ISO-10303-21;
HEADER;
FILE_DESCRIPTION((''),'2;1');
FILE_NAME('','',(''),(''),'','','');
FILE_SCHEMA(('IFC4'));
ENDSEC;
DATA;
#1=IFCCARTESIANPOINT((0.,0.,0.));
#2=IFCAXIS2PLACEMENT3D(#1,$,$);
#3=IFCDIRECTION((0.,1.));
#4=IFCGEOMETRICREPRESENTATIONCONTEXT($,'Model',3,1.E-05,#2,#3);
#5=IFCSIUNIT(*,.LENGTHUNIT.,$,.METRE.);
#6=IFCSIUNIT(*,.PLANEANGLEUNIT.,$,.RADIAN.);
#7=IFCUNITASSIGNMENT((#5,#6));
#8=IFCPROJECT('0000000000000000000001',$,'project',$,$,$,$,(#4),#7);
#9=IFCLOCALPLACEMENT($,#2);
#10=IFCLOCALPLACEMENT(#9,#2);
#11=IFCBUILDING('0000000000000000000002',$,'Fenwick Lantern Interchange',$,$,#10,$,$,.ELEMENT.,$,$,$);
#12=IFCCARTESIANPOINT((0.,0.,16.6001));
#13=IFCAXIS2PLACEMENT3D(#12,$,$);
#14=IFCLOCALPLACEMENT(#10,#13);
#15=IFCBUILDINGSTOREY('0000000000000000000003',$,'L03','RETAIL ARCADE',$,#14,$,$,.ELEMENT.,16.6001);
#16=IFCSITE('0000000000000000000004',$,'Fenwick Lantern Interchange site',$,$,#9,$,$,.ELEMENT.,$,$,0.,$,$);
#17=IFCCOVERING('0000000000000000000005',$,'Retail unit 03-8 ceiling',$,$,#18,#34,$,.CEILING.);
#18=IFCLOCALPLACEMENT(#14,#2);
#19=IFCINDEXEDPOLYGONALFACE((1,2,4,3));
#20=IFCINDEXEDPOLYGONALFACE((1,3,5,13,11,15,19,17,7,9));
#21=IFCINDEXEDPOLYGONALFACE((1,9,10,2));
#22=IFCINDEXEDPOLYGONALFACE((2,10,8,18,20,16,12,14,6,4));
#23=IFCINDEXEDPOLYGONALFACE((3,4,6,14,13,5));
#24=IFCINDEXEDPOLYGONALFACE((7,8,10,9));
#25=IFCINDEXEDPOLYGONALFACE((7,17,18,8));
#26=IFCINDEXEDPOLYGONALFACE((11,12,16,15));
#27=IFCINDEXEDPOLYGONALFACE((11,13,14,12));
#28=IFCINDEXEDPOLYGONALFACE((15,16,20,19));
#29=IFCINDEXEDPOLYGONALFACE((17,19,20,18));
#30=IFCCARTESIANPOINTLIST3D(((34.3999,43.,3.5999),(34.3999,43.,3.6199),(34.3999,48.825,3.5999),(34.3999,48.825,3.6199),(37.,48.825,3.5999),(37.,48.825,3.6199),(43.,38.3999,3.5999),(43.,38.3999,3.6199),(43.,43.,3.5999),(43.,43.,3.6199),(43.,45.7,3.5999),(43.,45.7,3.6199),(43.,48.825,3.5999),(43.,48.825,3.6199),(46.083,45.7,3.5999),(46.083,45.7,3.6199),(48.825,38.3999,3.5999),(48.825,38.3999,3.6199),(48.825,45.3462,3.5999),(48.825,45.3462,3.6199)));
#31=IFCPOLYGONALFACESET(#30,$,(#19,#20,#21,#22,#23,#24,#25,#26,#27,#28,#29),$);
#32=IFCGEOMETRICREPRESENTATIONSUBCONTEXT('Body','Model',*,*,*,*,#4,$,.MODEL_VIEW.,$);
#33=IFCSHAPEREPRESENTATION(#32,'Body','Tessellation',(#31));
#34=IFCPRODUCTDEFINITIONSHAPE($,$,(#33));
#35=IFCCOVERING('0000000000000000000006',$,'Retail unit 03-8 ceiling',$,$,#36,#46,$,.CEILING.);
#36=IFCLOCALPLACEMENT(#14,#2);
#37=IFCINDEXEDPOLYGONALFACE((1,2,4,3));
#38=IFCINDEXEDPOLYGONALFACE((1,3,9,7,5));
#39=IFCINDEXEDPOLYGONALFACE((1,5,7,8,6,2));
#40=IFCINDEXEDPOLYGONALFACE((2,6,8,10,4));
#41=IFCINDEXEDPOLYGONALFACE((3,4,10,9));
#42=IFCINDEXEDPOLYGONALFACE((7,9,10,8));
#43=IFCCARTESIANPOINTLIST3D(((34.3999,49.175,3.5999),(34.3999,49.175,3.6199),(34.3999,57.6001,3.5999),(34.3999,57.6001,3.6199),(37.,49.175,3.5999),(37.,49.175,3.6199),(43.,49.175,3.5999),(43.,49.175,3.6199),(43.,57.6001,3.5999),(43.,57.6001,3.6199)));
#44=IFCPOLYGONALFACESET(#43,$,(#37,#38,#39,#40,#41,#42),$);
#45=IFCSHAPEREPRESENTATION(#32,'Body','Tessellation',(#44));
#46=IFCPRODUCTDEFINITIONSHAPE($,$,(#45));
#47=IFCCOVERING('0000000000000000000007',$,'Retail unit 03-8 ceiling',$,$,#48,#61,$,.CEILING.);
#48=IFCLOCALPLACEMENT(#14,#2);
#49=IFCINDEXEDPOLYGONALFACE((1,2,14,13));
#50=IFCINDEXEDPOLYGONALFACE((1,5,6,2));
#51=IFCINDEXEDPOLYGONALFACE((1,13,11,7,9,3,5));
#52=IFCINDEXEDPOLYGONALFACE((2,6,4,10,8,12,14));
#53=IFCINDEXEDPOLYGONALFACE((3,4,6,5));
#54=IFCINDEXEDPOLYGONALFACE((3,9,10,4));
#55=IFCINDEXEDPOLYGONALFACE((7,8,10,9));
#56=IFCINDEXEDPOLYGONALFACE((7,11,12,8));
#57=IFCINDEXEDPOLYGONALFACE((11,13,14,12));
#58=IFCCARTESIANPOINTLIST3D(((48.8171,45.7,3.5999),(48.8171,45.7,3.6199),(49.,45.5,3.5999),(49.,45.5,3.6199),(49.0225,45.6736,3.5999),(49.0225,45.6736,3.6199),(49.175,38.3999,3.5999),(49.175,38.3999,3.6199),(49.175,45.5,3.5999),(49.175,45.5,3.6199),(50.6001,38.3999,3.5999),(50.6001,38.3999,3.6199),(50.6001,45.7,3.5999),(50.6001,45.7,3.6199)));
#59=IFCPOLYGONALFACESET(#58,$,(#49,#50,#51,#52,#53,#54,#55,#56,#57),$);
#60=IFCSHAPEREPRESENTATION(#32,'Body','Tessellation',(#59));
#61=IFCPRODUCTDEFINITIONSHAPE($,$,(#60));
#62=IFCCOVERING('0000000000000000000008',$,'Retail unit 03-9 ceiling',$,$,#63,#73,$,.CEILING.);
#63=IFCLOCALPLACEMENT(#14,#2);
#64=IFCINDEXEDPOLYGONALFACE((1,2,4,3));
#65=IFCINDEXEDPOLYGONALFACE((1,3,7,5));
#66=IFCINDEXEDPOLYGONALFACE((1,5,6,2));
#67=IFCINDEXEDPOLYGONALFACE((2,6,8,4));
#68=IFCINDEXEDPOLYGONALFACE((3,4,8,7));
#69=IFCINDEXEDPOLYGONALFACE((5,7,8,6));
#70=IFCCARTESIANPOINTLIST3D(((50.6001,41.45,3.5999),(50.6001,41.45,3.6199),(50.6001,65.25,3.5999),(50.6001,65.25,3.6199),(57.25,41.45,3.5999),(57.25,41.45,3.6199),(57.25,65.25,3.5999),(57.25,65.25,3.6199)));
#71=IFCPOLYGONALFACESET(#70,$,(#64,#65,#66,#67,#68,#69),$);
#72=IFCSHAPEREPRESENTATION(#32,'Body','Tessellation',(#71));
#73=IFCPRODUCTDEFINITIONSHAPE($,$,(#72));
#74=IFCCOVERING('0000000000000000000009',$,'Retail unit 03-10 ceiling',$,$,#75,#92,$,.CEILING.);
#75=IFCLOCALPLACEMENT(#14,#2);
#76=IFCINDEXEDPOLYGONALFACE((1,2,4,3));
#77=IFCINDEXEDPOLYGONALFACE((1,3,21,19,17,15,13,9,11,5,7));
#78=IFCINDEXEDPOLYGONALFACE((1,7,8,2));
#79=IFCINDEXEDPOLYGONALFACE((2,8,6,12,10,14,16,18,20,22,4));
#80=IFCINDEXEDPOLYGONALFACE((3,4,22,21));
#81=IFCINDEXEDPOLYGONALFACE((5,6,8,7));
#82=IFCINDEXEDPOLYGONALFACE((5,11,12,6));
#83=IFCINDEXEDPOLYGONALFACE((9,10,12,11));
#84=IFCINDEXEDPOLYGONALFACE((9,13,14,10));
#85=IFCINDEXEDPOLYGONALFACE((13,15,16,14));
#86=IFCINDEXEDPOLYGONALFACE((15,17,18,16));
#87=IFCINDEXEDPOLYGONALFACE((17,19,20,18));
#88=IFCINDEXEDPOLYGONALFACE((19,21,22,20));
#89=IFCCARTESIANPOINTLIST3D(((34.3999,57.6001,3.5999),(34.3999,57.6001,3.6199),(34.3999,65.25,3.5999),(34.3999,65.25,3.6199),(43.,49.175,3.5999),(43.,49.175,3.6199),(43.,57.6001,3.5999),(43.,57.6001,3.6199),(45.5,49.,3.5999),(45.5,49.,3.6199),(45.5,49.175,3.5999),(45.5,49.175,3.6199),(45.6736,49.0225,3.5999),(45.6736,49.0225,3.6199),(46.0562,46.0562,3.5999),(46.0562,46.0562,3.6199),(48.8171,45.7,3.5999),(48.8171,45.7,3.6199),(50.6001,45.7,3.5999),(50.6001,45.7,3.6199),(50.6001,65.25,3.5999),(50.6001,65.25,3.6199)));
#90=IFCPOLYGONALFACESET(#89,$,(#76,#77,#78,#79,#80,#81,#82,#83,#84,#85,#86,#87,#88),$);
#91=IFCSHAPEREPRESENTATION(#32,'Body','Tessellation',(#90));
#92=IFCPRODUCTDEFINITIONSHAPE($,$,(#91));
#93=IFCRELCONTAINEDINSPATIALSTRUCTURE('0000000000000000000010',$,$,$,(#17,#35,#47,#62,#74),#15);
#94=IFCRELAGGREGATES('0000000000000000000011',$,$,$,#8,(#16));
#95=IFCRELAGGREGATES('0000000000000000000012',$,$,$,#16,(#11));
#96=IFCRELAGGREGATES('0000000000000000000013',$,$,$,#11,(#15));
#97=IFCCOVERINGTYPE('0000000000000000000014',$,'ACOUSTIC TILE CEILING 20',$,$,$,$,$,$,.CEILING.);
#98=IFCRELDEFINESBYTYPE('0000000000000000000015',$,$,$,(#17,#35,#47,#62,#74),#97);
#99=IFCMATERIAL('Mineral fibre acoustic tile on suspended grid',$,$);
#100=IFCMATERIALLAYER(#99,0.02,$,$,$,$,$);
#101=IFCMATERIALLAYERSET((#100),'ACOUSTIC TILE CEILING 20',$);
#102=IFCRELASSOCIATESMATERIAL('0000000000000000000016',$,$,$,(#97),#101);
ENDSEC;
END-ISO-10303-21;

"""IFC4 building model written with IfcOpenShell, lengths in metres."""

from ifc_helpers import new_model, si_unit, direction, frame, origin, place, context, subcontext, project, spatial, polyline, outline, extrude, material, layer, layer_set, type_object, element, save


model = new_model("IFC4")

# Units and contexts
model_context = context("Model", 3, precision=1e-05, world=origin(), true_north=direction((0.0, 1.0)))
body_context = subcontext(model_context, "Body", "Model", "MODEL_VIEW")
ifc_project = project(units=[si_unit("LENGTHUNIT", "METRE"), si_unit("PLANEANGLEUNIT", "RADIAN")], contexts=[model_context])

# Site, building, storey
site_placement = place(None, origin())
site = spatial("IfcSite", under=ifc_project, at=site_placement, Name="Fenwick Lantern Interchange site", CompositionType="ELEMENT", RefElevation=0.0)
building_placement = place(site_placement, origin())
building = spatial("IfcBuilding", under=site, at=building_placement, Name="Fenwick Lantern Interchange", CompositionType="ELEMENT")
storey_placement = place(building_placement, frame((0.0, 0.0, 16.6001)))
storey = spatial("IfcBuildingStorey", under=building, at=storey_placement, Name="L03", Description="RETAIL ARCADE", CompositionType="ELEMENT", Elevation=16.6001)

# Coverings
ifc_material_1 = material(Name="Mineral fibre acoustic tile on suspended grid")
ifc_layer_1 = layer(ifc_material_1, 0.02)
ifc_layer_set_1 = layer_set([ifc_layer_1], Name="ACOUSTIC TILE CEILING 20")
covering_type = type_object("IfcCoveringType", Name="ACOUSTIC TILE CEILING 20", PredefinedType="CEILING", material=ifc_layer_set_1)
covering_1_placement = place(storey_placement, frame((0.0, 0.0, 3.5999)))
element("IfcCovering", 1, at=covering_1_placement, inside=storey, type_object=covering_type, Name="Retail unit 03-8 ceiling", PredefinedType="CEILING", context=body_context, shape_type="SweptSolid", body=[
    extrude(outline(polyline([(43.0, 38.3999), (48.825, 38.3999), (48.825, 45.3462), (46.083, 45.7), (43.0, 45.7), (43.0, 48.825), (37.0, 48.825), (34.3999, 48.825), (34.3999, 43.0), (43.0, 43.0), (43.0, 38.3999)])), origin(), (0.0, 0.0, 1.0), 0.02),
])
covering_2_placement = place(storey_placement, frame((0.0, 0.0, 3.5999)))
element("IfcCovering", 2, at=covering_2_placement, inside=storey, type_object=covering_type, Name="Retail unit 03-8 ceiling", PredefinedType="CEILING", context=body_context, shape_type="SweptSolid", body=[
    extrude(outline(polyline([(34.3999, 57.6001), (34.3999, 49.175), (37.0, 49.175), (43.0, 49.175), (43.0, 57.6001), (34.3999, 57.6001)])), origin(), (0.0, 0.0, 1.0), 0.02),
])
covering_3_placement = place(storey_placement, frame((0.0, 0.0, 3.5999)))
element("IfcCovering", 3, at=covering_3_placement, inside=storey, type_object=covering_type, Name="Retail unit 03-8 ceiling", PredefinedType="CEILING", context=body_context, shape_type="SweptSolid", body=[
    extrude(outline(polyline([(49.175, 38.3999), (50.6001, 38.3999), (50.6001, 45.7), (48.8171, 45.7), (49.0225, 45.6736), (49.0, 45.5), (49.175, 45.5), (49.175, 38.3999)])), origin(), (0.0, 0.0, 1.0), 0.02),
])
covering_4_placement = place(storey_placement, frame((0.0, 0.0, 3.5999)))
element("IfcCovering", 4, at=covering_4_placement, inside=storey, type_object=covering_type, Name="Retail unit 03-9 ceiling", PredefinedType="CEILING", context=body_context, shape_type="SweptSolid", body=[
    extrude(outline(polyline([(57.25, 65.25), (50.6001, 65.25), (50.6001, 41.45), (57.25, 41.45), (57.25, 65.25)])), origin(), (0.0, 0.0, 1.0), 0.02),
])
covering_5_placement = place(storey_placement, frame((0.0, 0.0, 3.5999)))
element("IfcCovering", 5, at=covering_5_placement, inside=storey, type_object=covering_type, Name="Retail unit 03-10 ceiling", PredefinedType="CEILING", context=body_context, shape_type="SweptSolid", body=[
    extrude(outline(polyline([(43.0, 57.6001), (43.0, 49.175), (45.5, 49.175), (45.5, 49.0), (45.6736, 49.0225), (46.0562, 46.0562), (48.8171, 45.7), (50.6001, 45.7), (50.6001, 65.25), (34.3999, 65.25), (34.3999, 57.6001), (43.0, 57.6001)])), origin(), (0.0, 0.0, 1.0), 0.02),
])

save(model, "model.ifc")
